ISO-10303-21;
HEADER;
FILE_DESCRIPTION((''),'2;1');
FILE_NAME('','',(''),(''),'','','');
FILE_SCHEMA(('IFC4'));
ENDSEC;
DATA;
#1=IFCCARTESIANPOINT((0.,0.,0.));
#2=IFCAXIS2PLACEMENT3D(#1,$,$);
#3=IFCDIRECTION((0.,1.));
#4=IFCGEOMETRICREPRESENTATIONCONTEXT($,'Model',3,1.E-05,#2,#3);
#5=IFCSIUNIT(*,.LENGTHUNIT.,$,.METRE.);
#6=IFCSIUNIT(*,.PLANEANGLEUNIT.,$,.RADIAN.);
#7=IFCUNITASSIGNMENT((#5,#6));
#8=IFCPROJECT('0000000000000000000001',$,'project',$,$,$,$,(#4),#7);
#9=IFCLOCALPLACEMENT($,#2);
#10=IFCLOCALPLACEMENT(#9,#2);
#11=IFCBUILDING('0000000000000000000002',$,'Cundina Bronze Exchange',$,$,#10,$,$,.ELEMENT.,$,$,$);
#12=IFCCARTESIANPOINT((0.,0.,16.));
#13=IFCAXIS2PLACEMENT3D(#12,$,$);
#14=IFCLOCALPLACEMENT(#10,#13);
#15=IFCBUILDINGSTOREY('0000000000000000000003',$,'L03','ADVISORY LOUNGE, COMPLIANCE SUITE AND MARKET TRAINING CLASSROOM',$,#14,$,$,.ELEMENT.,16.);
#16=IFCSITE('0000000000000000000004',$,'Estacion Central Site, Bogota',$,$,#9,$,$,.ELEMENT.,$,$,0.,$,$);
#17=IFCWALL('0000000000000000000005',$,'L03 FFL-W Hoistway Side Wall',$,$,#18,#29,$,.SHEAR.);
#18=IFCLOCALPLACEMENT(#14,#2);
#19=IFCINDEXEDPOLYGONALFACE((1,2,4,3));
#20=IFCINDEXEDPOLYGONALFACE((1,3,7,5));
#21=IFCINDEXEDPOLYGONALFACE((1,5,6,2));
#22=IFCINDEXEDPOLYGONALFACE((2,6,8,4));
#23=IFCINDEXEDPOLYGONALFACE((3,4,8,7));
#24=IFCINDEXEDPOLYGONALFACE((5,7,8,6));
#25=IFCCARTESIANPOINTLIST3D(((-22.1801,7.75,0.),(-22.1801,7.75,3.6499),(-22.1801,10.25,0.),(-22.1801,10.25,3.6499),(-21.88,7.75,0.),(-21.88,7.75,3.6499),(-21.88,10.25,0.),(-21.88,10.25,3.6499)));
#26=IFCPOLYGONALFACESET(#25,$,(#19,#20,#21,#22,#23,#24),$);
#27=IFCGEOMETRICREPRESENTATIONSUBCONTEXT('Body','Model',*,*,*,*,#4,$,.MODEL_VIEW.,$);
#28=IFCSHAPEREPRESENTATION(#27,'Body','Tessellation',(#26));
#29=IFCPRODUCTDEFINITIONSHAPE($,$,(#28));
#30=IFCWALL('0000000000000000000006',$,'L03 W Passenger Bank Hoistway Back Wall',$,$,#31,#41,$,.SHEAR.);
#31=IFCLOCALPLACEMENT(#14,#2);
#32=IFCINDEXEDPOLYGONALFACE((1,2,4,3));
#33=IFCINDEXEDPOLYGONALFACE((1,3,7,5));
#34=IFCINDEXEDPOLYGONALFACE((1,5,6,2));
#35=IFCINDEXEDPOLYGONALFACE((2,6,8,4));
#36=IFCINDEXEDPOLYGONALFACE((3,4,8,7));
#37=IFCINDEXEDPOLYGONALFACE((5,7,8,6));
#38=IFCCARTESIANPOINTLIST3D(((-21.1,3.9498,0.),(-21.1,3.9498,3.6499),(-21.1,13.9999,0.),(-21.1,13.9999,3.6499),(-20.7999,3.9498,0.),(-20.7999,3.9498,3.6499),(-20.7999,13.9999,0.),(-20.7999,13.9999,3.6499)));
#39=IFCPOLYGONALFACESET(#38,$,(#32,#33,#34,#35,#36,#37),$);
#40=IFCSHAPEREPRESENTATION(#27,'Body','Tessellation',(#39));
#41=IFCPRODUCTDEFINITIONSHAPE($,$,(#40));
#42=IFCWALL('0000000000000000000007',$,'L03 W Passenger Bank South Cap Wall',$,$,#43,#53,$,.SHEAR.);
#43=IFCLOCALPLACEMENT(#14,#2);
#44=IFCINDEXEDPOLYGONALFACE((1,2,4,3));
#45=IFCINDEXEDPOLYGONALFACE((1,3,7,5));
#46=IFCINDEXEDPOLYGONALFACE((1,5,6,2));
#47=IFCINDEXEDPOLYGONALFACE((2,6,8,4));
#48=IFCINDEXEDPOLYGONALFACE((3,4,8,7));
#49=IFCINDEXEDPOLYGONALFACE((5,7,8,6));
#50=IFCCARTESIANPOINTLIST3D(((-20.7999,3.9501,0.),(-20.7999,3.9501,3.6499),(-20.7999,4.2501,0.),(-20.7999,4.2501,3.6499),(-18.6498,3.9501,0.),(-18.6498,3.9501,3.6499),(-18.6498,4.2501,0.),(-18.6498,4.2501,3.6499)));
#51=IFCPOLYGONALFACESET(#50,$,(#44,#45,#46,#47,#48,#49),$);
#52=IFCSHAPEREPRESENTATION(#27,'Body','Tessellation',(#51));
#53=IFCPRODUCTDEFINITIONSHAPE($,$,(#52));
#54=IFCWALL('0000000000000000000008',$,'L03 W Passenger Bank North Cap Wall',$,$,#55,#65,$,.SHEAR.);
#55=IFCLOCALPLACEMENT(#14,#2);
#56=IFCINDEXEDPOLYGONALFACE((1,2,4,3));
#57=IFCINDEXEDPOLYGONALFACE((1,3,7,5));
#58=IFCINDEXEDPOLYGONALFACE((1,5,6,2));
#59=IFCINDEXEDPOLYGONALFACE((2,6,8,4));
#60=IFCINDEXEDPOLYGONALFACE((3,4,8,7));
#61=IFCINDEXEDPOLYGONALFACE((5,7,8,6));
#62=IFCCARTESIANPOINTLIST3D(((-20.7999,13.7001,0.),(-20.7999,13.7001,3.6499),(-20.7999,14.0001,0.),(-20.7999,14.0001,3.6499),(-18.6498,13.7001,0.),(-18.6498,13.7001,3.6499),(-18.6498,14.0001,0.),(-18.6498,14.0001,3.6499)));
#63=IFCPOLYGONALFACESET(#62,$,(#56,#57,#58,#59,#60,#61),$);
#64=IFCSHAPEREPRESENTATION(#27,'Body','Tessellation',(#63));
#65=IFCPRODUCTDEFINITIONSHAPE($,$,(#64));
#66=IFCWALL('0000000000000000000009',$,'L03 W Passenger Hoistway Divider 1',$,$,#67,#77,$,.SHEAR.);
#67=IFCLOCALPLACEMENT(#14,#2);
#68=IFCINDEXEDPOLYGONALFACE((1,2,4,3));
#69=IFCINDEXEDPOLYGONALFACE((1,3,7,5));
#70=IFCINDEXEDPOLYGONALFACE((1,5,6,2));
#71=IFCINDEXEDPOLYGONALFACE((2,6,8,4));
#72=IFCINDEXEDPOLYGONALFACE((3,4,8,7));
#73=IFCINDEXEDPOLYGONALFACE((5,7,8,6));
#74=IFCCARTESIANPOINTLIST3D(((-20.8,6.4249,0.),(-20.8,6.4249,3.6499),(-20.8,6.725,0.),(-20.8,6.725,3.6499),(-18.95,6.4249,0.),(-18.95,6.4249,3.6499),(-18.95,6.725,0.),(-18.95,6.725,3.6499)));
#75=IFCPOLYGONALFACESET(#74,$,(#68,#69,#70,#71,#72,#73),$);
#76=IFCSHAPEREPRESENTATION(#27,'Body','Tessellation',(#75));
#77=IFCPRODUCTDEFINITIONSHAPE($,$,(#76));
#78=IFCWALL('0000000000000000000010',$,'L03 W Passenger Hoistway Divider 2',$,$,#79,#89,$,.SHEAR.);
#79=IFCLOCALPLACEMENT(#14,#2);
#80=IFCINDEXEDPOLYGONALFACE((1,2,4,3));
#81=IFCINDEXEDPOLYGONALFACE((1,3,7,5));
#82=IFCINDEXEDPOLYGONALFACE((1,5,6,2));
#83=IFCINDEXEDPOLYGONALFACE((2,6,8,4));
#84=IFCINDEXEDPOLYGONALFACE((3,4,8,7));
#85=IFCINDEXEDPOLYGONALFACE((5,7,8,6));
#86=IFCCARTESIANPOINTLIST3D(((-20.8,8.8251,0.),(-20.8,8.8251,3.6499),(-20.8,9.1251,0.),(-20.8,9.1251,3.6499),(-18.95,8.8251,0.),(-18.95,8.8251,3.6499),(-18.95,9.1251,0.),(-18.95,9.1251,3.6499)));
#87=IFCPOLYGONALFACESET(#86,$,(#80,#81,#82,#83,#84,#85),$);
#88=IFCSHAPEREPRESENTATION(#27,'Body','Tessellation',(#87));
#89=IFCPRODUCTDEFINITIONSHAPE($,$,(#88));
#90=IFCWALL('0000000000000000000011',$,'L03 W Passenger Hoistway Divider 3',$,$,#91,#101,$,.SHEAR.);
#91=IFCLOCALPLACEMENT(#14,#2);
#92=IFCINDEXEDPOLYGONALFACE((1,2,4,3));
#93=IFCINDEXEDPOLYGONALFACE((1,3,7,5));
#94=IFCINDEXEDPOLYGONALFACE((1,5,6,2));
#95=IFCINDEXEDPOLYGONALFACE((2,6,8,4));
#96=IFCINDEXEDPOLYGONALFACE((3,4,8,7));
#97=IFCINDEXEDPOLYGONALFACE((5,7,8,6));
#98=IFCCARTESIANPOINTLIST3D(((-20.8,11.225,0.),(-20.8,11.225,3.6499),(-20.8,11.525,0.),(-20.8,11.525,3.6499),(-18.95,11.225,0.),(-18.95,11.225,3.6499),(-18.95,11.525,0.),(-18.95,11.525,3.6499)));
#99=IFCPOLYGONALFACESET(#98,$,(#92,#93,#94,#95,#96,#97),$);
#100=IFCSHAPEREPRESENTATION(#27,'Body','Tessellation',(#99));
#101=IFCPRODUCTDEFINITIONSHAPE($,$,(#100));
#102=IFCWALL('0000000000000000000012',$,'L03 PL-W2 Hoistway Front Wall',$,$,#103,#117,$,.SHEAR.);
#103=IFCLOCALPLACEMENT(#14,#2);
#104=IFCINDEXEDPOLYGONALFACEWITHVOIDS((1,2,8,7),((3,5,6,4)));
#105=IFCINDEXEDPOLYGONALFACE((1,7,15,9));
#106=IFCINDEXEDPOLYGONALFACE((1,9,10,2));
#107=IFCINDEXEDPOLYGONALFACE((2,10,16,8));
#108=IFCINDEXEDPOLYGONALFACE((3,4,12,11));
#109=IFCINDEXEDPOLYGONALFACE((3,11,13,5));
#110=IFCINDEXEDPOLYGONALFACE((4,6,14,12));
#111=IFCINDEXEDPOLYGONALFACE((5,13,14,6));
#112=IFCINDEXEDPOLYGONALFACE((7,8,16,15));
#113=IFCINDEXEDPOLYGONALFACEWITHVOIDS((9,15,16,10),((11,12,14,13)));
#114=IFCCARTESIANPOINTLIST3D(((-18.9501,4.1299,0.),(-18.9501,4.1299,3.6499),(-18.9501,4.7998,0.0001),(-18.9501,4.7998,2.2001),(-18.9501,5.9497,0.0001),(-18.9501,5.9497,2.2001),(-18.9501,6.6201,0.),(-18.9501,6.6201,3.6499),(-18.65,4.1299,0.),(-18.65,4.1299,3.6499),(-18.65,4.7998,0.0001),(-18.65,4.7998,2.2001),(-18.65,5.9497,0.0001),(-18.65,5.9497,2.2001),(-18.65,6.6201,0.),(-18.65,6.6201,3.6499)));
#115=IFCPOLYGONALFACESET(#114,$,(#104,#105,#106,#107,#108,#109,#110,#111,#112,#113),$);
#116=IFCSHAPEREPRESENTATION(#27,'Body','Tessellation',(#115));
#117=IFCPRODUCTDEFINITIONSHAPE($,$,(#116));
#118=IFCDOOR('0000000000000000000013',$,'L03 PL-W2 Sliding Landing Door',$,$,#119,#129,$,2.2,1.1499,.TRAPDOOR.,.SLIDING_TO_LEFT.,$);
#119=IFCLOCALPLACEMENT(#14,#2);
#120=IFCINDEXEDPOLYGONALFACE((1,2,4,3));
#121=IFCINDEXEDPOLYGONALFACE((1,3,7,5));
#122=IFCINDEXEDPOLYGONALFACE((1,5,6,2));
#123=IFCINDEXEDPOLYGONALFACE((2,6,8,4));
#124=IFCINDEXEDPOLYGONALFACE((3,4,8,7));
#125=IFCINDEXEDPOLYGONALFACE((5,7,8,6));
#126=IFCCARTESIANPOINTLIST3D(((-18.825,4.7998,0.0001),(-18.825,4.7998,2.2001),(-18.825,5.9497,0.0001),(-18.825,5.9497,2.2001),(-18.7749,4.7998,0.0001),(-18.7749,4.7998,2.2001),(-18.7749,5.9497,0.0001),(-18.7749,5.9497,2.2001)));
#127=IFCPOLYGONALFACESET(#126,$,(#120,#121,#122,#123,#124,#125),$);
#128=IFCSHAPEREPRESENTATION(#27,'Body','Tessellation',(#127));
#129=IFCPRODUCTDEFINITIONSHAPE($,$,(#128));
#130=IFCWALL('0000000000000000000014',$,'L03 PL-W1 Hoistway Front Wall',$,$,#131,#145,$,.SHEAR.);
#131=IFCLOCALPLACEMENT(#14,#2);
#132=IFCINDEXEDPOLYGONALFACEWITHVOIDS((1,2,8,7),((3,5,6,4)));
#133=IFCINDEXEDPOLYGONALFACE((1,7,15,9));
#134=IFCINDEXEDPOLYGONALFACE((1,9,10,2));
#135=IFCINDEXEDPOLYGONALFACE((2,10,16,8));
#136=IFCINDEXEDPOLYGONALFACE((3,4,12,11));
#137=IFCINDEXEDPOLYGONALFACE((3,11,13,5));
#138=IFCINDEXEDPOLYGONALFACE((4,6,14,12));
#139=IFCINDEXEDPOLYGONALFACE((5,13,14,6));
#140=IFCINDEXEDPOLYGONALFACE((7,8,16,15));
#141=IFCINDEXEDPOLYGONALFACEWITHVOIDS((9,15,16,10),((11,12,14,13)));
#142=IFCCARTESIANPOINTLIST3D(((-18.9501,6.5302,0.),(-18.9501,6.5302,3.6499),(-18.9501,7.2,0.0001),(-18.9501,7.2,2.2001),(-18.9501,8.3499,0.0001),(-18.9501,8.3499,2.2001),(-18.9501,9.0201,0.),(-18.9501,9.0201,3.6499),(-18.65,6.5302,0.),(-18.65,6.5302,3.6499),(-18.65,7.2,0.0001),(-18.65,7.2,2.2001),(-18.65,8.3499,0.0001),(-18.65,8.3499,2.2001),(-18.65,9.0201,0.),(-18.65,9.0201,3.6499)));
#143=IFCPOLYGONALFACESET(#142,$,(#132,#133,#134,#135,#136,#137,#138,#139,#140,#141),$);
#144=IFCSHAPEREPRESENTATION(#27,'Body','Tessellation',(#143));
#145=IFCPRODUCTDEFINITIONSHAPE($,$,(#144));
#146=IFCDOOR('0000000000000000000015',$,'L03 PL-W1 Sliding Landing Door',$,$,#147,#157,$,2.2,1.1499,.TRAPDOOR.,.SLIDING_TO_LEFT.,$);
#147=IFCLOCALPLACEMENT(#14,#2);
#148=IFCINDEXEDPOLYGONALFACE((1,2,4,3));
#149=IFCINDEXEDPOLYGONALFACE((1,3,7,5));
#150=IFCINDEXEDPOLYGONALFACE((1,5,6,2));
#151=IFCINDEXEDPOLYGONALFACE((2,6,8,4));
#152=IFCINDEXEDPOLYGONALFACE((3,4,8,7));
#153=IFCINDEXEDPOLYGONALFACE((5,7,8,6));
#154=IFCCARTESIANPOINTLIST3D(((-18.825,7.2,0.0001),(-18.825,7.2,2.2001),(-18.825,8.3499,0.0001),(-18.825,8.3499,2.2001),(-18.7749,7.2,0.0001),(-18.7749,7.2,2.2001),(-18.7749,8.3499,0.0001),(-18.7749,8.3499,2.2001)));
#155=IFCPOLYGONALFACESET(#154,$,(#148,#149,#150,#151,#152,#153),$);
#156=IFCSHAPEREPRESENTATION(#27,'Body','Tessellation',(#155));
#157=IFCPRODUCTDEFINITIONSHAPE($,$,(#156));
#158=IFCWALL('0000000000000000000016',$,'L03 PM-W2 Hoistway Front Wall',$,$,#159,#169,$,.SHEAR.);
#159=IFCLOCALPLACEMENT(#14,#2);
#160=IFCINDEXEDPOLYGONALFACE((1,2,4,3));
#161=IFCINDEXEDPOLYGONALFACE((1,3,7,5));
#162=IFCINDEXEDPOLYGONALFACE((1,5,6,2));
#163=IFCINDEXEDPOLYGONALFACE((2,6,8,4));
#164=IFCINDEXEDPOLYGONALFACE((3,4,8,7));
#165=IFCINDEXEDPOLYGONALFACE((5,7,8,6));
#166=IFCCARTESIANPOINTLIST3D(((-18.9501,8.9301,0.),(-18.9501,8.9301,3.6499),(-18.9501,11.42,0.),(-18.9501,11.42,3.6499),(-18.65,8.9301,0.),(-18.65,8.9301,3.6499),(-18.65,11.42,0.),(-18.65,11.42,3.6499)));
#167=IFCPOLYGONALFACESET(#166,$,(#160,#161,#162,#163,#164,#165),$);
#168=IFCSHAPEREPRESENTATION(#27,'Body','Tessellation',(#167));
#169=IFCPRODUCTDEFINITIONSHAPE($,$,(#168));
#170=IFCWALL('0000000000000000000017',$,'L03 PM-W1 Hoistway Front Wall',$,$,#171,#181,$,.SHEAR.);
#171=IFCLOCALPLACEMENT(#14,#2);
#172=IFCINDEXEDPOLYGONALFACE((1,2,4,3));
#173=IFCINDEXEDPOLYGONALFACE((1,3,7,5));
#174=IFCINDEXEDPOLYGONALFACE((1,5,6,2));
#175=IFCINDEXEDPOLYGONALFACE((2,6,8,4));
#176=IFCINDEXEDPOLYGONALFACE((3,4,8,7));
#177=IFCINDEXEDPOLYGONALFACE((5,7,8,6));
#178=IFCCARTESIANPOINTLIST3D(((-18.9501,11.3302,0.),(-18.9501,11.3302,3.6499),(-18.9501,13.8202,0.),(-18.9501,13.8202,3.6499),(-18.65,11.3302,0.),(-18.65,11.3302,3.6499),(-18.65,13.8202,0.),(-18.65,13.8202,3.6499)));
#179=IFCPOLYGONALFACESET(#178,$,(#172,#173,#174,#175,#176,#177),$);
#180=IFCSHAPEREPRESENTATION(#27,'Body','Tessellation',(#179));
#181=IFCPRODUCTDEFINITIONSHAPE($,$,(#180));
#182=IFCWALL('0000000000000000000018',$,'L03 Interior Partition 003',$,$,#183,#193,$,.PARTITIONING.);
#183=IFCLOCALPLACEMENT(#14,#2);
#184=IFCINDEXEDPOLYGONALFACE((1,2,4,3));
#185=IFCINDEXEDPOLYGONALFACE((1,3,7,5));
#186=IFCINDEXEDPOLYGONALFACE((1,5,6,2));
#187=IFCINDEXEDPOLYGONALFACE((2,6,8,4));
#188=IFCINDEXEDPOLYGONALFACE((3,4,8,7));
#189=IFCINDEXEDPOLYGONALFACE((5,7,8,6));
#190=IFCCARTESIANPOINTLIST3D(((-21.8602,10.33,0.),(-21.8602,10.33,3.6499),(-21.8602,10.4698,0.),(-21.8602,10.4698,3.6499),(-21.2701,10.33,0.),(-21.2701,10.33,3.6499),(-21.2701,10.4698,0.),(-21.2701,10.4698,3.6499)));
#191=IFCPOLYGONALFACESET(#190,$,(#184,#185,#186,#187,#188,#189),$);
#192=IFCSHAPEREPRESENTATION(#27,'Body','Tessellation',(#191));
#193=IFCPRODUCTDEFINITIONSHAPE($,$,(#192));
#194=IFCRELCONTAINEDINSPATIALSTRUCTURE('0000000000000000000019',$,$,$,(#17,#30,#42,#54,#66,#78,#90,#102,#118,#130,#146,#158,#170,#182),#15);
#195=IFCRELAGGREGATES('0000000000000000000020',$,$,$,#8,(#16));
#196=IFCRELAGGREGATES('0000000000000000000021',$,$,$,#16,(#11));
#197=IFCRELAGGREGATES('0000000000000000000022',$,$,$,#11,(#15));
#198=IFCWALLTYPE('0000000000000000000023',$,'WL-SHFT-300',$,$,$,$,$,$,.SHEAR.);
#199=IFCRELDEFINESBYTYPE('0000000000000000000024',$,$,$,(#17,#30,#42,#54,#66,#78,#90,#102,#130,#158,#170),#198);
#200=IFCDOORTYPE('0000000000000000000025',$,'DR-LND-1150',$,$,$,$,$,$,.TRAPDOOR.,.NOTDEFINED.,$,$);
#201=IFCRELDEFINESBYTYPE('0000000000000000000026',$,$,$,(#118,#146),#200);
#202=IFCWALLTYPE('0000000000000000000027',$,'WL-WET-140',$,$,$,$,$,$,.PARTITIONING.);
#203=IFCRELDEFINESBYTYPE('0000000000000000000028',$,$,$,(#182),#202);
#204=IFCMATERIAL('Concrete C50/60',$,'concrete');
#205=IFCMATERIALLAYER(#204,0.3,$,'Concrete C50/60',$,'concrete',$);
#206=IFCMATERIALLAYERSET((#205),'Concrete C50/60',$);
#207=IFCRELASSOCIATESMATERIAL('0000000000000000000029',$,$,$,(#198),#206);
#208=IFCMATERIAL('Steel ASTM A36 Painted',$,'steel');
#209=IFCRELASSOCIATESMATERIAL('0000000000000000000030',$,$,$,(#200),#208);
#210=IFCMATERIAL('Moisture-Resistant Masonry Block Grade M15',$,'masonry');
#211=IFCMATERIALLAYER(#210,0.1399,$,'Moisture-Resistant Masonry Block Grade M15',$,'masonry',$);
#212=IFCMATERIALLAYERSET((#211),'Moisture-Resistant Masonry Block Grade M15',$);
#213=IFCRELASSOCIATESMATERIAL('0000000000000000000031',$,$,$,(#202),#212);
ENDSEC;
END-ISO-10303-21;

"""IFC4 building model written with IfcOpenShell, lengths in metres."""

from ifc_helpers import new_model, si_unit, direction, frame, frame_2d, origin, place, context, subcontext, project, spatial, rectangle, extrude, material, layer, layer_set, type_object, element, fill, save


model = new_model("IFC4")

# Units and contexts
model_context = context("Model", 3, precision=1e-05, world=origin(), true_north=direction((0.0, 1.0)))
body_context = subcontext(model_context, "Body", "Model", "MODEL_VIEW")
ifc_project = project(units=[si_unit("LENGTHUNIT", "METRE"), si_unit("PLANEANGLEUNIT", "RADIAN")], contexts=[model_context])

# Site, building, storey
site_placement = place(None, origin())
site = spatial("IfcSite", under=ifc_project, at=site_placement, Name="Estacion Central Site, Bogota", CompositionType="ELEMENT", RefElevation=0.0)
building_placement = place(site_placement, origin())
building = spatial("IfcBuilding", under=site, at=building_placement, Name="Cundina Bronze Exchange", CompositionType="ELEMENT")
storey_placement = place(building_placement, frame((0.0, 0.0, 16.0)))
storey = spatial("IfcBuildingStorey", under=building, at=storey_placement, Name="L03", Description="ADVISORY LOUNGE, COMPLIANCE SUITE AND MARKET TRAINING CLASSROOM", CompositionType="ELEMENT", Elevation=16.0)

# Shared definitions
ifc_material_1 = material(Name="Concrete C50/60", Category="concrete")

# Walls
ifc_layer_1 = layer(ifc_material_1, 0.3, Name="Concrete C50/60", Category="concrete")
ifc_layer_set_1 = layer_set([ifc_layer_1], Name="Concrete C50/60")
wall_type_1 = type_object("IfcWallType", Name="WL-SHFT-300", PredefinedType="SHEAR", material=ifc_layer_set_1)
wall_1_placement = place(storey_placement, frame((-22.03, 7.75, 0.0), z_axis=(0.0, 0.0, 1.0), x_axis=(0.0, 1.0, 0.0)))
element("IfcWall", 1, at=wall_1_placement, inside=storey, type_object=wall_type_1, Name="L03 FFL-W Hoistway Side Wall", PredefinedType="SHEAR", context=body_context, shape_type="SweptSolid", body=[
    extrude(rectangle(XDim=2.5, YDim=0.3, at=frame_2d((1.25, 0.0))), origin(), (0.0, 0.0, 1.0), 3.6499),
])
wall_2_placement = place(storey_placement, frame((-20.95, 3.95, 0.0), z_axis=(0.0, 0.0, 1.0), x_axis=(0.0, 1.0, 0.0)))
element("IfcWall", 2, at=wall_2_placement, inside=storey, type_object=wall_type_1, Name="L03 W Passenger Bank Hoistway Back Wall", PredefinedType="SHEAR", context=body_context, shape_type="SweptSolid", body=[
    extrude(rectangle(XDim=10.05, YDim=0.3, at=frame_2d((5.0249, 0.0))), origin(), (0.0, 0.0, 1.0), 3.6499),
])
for number, where, z_axis, x_axis, name in (
    (3, (-20.8, 4.1001, 0.0), (0.0, 0.0, 1.0), (1.0, 0.0, 0.0), "L03 W Passenger Bank South Cap Wall"),
    (4, (-20.8, 13.8501, 0.0), (0.0, 0.0, 1.0), (1.0, 0.0, 0.0), "L03 W Passenger Bank North Cap Wall"),
):
    element("IfcWall", number, at=place(storey_placement, frame(where, z_axis=z_axis, x_axis=x_axis)), inside=storey, type_object=wall_type_1, Name=name, PredefinedType="SHEAR", context=body_context, shape_type="SweptSolid", body=[
        extrude(rectangle(XDim=2.1501, YDim=0.3, at=frame_2d((1.0752, 0.0))), origin(), (0.0, 0.0, 1.0), 3.6499),
    ])
for number, where, z_axis, x_axis, name in (
    (5, (-20.8, 6.575, 0.0), (0.0, 0.0, 1.0), (1.0, 0.0, 0.0), "L03 W Passenger Hoistway Divider 1"),
    (6, (-20.8, 8.9751, 0.0), (0.0, 0.0, 1.0), (1.0, 0.0, 0.0), "L03 W Passenger Hoistway Divider 2"),
    (7, (-20.8, 11.375, 0.0), (0.0, 0.0, 1.0), (1.0, 0.0, 0.0), "L03 W Passenger Hoistway Divider 3"),
):
    element("IfcWall", number, at=place(storey_placement, frame(where, z_axis=z_axis, x_axis=x_axis)), inside=storey, type_object=wall_type_1, Name=name, PredefinedType="SHEAR", context=body_context, shape_type="SweptSolid", body=[
        extrude(rectangle(XDim=1.8501, YDim=0.3, at=frame_2d((0.925, 0.0))), origin(), (0.0, 0.0, 1.0), 3.6499),
    ])

# Walls, openings, doors
wall_3_placement = place(storey_placement, frame((-18.8, 4.1299, 0.0), z_axis=(0.0, 0.0, 1.0), x_axis=(0.0, 1.0, 0.0)))
wall_3 = element("IfcWall", 8, at=wall_3_placement, inside=storey, type_object=wall_type_1, Name="L03 PL-W2 Hoistway Front Wall", PredefinedType="SHEAR", context=body_context, shape_type="SweptSolid", body=[
    extrude(rectangle(XDim=2.4902, YDim=0.3, at=frame_2d((1.2451, 0.0))), origin(), (0.0, 0.0, 1.0), 3.6499),
])
opening_1_placement = place(wall_3_placement, frame((0.6699, 0.0, 0.0)))
opening_1 = element("IfcOpeningElement", 9, at=opening_1_placement, cuts=wall_3, PredefinedType="OPENING", context=body_context, shape_type="SweptSolid", body=[
    extrude(rectangle(XDim=1.1499, YDim=2.2, at=frame_2d((0.575, 1.1001))), frame((0.0, 0.1599, 0.0), z_axis=(0.0, -1.0, 0.0), x_axis=(1.0, 0.0, 0.0)), (0.0, 0.0, 1.0), 0.3201),
])
ifc_material_2 = material(Name="Steel ASTM A36 Painted", Category="steel")
door_type_1 = type_object("IfcDoorType", Name="DR-LND-1150", OperationType="NOTDEFINED", PredefinedType="TRAPDOOR", material=ifc_material_2)
door_1_placement = place(opening_1_placement, origin())
door_1 = element("IfcDoor", 10, at=door_1_placement, inside=storey, type_object=door_type_1, Name="L03 PL-W2 Sliding Landing Door", OperationType="SLIDING_TO_LEFT", OverallHeight=2.2, OverallWidth=1.1499, PredefinedType="TRAPDOOR", context=body_context, shape_type="SweptSolid", body=[
    extrude(rectangle(XDim=1.1499, YDim=2.2, at=frame_2d((0.575, 1.1001))), frame((0.0, 0.0249, 0.0), z_axis=(0.0, -1.0, 0.0), x_axis=(1.0, 0.0, 0.0)), (0.0, 0.0, 1.0), 0.05),
])
fill(opening_1, door_1)
wall_4_placement = place(storey_placement, frame((-18.8, 6.53, 0.0), z_axis=(0.0, 0.0, 1.0), x_axis=(0.0, 1.0, 0.0)))
wall_4 = element("IfcWall", 11, at=wall_4_placement, inside=storey, type_object=wall_type_1, Name="L03 PL-W1 Hoistway Front Wall", PredefinedType="SHEAR", context=body_context, shape_type="SweptSolid", body=[
    extrude(rectangle(XDim=2.49, YDim=0.3, at=frame_2d((1.2451, 0.0))), origin(), (0.0, 0.0, 1.0), 3.6499),
])
opening_2_placement = place(wall_4_placement, frame((0.6699, 0.0, 0.0)))
opening_2 = element("IfcOpeningElement", 12, at=opening_2_placement, cuts=wall_4, PredefinedType="OPENING", context=body_context, shape_type="SweptSolid", body=[
    extrude(rectangle(XDim=1.1499, YDim=2.2, at=frame_2d((0.575, 1.1001))), frame((0.0, 0.1599, 0.0), z_axis=(0.0, -1.0, 0.0), x_axis=(1.0, 0.0, 0.0)), (0.0, 0.0, 1.0), 0.3201),
])
door_2_placement = place(opening_2_placement, origin())
door_2 = element("IfcDoor", 13, at=door_2_placement, inside=storey, type_object=door_type_1, Name="L03 PL-W1 Sliding Landing Door", OperationType="SLIDING_TO_LEFT", OverallHeight=2.2, OverallWidth=1.1499, PredefinedType="TRAPDOOR", context=body_context, shape_type="SweptSolid", body=[
    extrude(rectangle(XDim=1.1499, YDim=2.2, at=frame_2d((0.575, 1.1001))), frame((0.0, 0.0249, 0.0), z_axis=(0.0, -1.0, 0.0), x_axis=(1.0, 0.0, 0.0)), (0.0, 0.0, 1.0), 0.05),
])
fill(opening_2, door_2)

# Walls
for number, where, z_axis, x_axis, name in (
    (14, (-18.8, 8.9299, 0.0), (0.0, 0.0, 1.0), (0.0, 1.0, 0.0), "L03 PM-W2 Hoistway Front Wall"),
    (15, (-18.8, 11.3301, 0.0), (0.0, 0.0, 1.0), (0.0, 1.0, 0.0), "L03 PM-W1 Hoistway Front Wall"),
):
    element("IfcWall", number, at=place(storey_placement, frame(where, z_axis=z_axis, x_axis=x_axis)), inside=storey, type_object=wall_type_1, Name=name, PredefinedType="SHEAR", context=body_context, shape_type="SweptSolid", body=[
        extrude(rectangle(XDim=2.49, YDim=0.3, at=frame_2d((1.2451, 0.0))), origin(), (0.0, 0.0, 1.0), 3.6499),
    ])
ifc_material_3 = material(Name="Moisture-Resistant Masonry Block Grade M15", Category="masonry")
ifc_layer_2 = layer(ifc_material_3, 0.1399, Name="Moisture-Resistant Masonry Block Grade M15", Category="masonry")
ifc_layer_set_2 = layer_set([ifc_layer_2], Name="Moisture-Resistant Masonry Block Grade M15")
wall_type_2 = type_object("IfcWallType", Name="WL-WET-140", PredefinedType="PARTITIONING", material=ifc_layer_set_2)
wall_5_placement = place(storey_placement, frame((-21.8601, 10.3999, 0.0), z_axis=(0.0, 0.0, 1.0), x_axis=(1.0, 0.0, 0.0)))
element("IfcWall", 16, at=wall_5_placement, inside=storey, type_object=wall_type_2, Name="L03 Interior Partition 003", PredefinedType="PARTITIONING", context=body_context, shape_type="SweptSolid", body=[
    extrude(rectangle(XDim=0.5901, YDim=0.1399, at=frame_2d((0.2949, 0.0))), origin(), (0.0, 0.0, 1.0), 3.6499),
])

save(model, "model.ifc")
